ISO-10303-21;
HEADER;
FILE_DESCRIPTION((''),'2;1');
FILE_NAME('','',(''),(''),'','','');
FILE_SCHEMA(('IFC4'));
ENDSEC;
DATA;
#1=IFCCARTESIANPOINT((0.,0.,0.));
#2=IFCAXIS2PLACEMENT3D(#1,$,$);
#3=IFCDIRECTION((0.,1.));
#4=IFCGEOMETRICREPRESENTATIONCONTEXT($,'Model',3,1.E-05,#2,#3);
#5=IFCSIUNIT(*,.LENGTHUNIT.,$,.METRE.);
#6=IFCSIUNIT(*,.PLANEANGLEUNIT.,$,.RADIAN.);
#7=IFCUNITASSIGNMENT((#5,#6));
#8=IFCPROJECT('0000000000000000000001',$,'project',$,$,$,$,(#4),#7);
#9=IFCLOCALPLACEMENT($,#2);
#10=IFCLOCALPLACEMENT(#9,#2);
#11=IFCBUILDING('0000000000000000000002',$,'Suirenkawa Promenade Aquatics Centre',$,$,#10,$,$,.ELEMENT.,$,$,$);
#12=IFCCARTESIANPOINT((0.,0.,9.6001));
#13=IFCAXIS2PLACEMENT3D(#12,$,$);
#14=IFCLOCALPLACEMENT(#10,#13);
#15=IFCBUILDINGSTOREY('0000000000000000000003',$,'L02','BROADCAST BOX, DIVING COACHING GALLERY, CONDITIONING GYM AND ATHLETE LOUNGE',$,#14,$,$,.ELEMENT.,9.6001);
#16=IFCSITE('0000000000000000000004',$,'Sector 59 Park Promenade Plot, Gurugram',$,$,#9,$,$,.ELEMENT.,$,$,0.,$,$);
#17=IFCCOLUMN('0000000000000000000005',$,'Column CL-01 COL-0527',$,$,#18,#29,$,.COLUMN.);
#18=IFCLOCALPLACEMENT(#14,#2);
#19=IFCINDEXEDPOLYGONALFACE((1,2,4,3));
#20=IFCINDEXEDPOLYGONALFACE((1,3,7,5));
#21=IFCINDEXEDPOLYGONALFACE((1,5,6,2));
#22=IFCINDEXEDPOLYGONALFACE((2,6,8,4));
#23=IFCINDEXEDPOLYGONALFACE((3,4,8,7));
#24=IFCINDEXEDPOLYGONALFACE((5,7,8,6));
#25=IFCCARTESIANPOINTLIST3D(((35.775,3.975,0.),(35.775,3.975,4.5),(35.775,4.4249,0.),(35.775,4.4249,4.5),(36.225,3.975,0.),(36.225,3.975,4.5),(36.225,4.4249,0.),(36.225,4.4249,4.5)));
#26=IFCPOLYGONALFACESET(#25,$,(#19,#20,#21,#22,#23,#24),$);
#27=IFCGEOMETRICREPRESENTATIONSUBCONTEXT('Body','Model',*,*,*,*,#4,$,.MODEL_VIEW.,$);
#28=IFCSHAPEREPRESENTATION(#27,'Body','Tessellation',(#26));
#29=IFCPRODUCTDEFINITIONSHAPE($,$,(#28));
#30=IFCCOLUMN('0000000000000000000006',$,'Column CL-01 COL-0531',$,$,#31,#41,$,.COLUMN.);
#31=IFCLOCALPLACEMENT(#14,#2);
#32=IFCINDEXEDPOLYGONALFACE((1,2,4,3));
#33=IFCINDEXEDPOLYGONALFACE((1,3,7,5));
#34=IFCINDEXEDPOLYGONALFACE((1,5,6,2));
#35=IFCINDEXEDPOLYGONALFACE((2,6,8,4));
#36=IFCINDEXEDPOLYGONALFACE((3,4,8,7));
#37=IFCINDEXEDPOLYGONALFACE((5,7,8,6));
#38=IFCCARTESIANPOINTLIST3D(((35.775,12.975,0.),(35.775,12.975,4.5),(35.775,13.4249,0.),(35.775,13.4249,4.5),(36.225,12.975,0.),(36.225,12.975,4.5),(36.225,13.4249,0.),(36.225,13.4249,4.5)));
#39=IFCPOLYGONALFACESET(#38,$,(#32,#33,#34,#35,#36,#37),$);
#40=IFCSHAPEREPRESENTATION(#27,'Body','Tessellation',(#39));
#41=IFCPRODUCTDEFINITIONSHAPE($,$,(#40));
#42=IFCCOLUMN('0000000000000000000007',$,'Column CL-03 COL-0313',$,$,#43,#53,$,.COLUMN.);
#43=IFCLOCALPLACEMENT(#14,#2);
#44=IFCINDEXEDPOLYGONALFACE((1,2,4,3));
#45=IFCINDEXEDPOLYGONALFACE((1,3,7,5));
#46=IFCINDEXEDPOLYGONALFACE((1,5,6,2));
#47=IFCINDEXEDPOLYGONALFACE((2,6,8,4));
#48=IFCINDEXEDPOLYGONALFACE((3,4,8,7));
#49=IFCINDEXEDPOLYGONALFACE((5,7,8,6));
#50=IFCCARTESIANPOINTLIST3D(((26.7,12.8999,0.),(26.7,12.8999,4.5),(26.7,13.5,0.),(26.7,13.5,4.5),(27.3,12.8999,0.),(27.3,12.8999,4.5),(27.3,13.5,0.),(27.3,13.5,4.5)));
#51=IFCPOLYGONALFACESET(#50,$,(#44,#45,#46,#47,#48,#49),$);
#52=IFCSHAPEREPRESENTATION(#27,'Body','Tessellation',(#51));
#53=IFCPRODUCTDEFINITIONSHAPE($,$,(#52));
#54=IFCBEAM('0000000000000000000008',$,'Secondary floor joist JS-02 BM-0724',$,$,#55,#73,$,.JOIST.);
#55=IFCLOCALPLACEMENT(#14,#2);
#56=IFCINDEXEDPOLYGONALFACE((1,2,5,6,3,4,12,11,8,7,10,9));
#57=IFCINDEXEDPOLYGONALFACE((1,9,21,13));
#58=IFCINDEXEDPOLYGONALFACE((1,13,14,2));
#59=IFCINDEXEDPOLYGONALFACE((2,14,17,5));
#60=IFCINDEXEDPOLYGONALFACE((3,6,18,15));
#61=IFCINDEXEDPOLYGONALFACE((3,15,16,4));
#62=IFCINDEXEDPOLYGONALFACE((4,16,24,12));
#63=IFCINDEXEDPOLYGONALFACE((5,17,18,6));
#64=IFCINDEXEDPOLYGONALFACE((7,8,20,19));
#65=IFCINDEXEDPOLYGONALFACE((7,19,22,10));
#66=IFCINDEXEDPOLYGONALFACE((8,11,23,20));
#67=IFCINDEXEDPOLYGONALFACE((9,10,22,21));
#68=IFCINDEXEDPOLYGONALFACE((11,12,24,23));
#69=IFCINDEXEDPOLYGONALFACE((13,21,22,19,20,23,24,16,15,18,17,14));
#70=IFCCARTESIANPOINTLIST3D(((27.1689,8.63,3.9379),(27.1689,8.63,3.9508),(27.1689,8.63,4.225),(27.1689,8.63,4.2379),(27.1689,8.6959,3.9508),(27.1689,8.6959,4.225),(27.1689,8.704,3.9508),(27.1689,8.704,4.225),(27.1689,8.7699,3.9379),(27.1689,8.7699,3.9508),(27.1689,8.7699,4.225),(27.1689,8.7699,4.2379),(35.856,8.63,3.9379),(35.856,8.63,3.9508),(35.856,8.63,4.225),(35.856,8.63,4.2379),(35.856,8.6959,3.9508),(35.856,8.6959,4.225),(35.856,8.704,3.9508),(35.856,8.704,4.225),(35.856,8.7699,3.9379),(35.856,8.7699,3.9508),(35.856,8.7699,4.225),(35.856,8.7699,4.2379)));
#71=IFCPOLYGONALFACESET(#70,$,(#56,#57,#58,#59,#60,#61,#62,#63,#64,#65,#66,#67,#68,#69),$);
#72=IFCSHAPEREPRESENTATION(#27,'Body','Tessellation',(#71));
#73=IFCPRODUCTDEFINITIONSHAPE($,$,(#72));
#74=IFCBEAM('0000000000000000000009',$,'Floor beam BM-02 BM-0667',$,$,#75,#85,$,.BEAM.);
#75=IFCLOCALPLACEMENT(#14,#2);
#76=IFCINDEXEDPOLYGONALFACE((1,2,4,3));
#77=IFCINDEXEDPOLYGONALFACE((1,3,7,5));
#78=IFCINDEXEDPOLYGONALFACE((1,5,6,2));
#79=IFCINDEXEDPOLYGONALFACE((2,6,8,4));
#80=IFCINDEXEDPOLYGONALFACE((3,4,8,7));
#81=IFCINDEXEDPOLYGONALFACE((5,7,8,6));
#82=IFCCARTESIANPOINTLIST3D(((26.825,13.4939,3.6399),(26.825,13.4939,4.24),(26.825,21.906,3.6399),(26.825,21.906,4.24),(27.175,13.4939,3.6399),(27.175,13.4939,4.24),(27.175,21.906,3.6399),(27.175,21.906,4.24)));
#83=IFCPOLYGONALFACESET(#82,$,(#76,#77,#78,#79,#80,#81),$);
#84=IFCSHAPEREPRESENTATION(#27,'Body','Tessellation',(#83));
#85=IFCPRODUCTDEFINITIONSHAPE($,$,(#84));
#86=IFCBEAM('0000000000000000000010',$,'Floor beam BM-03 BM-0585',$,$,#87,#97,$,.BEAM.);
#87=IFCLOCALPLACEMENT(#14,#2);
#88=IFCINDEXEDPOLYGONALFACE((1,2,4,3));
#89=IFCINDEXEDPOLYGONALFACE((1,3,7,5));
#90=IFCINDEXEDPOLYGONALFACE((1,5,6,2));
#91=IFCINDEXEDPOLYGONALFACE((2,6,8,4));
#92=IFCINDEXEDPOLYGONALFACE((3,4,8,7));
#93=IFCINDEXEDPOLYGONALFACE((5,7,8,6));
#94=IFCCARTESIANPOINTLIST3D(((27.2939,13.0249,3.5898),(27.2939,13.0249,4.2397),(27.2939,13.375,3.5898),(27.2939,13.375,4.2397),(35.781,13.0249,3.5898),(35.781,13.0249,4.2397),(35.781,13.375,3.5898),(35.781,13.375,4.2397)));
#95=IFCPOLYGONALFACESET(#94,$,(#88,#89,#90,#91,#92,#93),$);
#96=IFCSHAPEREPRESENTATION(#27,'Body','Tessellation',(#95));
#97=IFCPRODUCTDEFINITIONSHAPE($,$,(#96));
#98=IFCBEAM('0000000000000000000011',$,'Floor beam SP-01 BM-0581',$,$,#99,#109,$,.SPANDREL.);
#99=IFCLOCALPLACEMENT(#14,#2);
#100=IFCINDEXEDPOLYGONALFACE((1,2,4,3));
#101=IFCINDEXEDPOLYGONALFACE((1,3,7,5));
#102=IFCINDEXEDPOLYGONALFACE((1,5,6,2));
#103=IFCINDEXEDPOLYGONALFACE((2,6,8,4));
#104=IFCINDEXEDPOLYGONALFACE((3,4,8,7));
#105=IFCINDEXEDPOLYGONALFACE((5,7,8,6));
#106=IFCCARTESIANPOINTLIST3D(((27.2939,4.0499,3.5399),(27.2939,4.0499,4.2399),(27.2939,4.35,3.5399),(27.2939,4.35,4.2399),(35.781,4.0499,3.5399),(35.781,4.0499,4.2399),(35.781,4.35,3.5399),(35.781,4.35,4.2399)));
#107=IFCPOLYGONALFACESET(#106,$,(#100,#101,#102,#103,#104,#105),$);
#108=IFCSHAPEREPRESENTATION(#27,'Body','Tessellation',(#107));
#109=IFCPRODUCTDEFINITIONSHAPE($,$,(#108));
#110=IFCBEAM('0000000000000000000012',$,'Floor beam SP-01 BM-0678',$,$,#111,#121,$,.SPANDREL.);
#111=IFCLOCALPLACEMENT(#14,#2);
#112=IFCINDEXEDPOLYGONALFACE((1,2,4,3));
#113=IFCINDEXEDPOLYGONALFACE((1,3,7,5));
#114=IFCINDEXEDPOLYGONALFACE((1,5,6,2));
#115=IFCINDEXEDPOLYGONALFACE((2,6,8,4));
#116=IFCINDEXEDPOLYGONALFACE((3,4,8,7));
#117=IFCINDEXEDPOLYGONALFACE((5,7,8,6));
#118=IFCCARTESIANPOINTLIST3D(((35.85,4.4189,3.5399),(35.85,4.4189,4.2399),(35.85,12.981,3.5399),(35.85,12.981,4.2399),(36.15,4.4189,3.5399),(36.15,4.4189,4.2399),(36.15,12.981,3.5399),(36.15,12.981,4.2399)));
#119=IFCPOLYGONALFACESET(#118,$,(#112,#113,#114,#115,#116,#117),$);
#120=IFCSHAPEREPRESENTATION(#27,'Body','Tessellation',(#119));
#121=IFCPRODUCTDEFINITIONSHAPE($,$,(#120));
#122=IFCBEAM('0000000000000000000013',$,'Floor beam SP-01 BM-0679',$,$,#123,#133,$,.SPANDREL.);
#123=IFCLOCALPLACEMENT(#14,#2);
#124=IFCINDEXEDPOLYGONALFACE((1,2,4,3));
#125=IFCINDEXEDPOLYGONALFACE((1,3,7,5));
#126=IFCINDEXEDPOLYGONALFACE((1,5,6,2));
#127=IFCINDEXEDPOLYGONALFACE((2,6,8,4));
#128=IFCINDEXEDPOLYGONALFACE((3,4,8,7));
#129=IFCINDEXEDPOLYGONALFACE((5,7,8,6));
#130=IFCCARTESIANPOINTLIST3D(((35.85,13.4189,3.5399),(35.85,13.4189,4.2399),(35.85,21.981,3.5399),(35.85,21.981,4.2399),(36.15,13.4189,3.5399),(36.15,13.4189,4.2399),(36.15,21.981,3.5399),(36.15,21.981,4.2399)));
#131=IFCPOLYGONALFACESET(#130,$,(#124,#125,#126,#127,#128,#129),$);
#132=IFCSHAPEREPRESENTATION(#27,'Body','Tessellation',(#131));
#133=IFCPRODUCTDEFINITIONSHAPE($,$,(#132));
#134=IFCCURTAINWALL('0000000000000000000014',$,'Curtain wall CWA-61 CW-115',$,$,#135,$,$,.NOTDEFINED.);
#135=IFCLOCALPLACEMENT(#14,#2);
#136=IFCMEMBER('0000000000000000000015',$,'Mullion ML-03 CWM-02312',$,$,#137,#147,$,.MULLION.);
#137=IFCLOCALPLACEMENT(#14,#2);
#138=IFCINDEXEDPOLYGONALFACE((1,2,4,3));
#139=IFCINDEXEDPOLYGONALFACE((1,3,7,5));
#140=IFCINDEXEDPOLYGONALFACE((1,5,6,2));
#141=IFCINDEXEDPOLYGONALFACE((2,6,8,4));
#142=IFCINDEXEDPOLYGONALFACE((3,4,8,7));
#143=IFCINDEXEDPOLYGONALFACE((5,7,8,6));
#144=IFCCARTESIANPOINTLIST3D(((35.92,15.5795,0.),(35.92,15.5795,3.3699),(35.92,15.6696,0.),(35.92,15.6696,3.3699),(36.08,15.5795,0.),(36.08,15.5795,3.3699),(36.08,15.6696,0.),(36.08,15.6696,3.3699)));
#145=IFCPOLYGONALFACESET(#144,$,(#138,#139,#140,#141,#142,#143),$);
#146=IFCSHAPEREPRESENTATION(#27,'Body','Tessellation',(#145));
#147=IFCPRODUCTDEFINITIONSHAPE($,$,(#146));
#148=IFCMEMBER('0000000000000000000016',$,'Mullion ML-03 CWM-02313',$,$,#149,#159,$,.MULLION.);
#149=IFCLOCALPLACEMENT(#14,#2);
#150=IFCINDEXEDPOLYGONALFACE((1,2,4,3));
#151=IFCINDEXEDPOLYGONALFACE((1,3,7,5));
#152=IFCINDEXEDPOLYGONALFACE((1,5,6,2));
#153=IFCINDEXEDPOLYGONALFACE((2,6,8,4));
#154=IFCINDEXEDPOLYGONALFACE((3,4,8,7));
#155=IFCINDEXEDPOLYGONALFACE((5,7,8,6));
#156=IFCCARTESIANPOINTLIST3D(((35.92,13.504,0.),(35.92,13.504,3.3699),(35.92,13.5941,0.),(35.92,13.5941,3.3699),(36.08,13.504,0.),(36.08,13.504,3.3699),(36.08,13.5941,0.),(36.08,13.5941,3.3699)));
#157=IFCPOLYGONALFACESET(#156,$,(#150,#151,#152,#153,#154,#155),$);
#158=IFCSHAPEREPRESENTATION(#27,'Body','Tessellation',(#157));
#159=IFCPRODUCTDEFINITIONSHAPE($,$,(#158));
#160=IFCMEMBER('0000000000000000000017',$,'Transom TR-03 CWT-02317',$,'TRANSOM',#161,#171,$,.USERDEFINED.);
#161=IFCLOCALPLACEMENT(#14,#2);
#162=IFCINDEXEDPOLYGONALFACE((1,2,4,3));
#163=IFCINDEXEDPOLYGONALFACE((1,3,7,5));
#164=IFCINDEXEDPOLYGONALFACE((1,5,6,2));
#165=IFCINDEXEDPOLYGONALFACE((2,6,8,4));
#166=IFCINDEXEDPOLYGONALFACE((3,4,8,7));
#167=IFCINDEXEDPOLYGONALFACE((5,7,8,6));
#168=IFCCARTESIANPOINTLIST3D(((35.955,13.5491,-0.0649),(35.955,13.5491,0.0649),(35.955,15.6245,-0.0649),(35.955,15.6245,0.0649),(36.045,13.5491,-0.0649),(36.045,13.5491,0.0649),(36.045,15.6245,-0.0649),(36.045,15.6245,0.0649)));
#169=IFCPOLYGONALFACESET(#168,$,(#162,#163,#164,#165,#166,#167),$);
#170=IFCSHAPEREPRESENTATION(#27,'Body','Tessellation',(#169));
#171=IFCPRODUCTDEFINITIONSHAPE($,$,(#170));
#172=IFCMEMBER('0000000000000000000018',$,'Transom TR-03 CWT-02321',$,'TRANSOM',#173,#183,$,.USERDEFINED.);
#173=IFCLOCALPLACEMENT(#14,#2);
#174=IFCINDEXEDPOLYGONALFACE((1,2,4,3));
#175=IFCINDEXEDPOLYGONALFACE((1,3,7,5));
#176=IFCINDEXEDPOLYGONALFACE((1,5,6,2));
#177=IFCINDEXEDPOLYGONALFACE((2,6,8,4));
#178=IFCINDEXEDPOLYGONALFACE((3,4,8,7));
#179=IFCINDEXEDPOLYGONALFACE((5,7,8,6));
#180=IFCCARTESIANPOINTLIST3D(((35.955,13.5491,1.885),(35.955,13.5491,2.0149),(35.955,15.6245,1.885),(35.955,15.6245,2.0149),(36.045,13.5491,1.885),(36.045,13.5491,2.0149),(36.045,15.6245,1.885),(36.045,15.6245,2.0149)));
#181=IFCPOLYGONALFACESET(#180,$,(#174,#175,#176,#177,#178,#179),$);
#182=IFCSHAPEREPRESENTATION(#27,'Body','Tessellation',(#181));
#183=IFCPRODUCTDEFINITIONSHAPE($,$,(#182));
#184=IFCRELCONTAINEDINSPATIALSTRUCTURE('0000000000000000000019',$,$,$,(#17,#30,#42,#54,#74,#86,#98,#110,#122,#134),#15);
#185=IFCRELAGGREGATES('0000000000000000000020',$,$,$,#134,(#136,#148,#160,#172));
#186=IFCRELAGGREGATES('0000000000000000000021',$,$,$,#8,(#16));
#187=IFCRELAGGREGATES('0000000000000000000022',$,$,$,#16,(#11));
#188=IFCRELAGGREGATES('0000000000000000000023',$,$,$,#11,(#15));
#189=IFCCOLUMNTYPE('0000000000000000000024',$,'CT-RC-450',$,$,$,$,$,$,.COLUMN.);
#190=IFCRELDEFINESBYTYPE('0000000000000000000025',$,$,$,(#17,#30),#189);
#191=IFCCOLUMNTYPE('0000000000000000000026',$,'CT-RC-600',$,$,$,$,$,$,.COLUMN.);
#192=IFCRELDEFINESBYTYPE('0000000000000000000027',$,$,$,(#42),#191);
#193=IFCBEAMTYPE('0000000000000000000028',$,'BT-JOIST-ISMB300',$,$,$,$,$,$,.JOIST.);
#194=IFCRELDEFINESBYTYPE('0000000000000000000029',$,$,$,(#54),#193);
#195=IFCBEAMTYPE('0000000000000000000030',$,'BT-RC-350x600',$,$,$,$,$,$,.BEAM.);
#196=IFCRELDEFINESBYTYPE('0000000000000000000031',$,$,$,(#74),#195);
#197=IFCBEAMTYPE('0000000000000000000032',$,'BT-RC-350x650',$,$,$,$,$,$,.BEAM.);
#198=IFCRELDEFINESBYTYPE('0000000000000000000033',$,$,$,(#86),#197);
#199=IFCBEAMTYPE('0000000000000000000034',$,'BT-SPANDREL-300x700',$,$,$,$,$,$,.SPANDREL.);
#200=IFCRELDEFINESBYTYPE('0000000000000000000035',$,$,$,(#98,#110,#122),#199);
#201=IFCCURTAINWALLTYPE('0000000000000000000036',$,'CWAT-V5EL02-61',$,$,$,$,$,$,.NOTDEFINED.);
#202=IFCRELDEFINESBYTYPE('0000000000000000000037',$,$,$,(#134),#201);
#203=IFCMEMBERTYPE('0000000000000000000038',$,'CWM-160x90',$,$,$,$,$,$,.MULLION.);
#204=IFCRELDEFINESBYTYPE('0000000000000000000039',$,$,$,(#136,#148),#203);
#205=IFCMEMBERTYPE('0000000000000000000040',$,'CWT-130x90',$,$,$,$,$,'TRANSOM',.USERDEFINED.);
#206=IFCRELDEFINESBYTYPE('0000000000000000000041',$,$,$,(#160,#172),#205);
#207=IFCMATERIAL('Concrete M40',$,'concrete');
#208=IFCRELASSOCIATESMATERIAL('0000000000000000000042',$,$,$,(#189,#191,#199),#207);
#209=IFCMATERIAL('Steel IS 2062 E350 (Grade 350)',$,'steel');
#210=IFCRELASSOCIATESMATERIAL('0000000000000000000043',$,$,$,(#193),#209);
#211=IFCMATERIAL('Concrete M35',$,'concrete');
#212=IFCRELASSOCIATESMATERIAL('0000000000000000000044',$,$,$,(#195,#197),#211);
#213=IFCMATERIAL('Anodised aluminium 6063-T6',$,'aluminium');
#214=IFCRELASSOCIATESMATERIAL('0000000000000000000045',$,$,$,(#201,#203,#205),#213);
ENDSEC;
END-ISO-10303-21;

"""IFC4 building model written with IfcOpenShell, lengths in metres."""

from ifc_helpers import new_model, si_unit, direction, frame, origin, origin_2d, place, context, subcontext, project, spatial, rectangle, i_section, extrude, material, material_profile, profile_set, type_object, element, aggregate, save


model = new_model("IFC4")

# Units and contexts
model_context = context("Model", 3, precision=1e-05, world=origin(), true_north=direction((0.0, 1.0)))
body_context = subcontext(model_context, "Body", "Model", "MODEL_VIEW")
ifc_project = project(units=[si_unit("LENGTHUNIT", "METRE"), si_unit("PLANEANGLEUNIT", "RADIAN")], contexts=[model_context])

# Site, building, storey
site_placement = place(None, origin())
site = spatial("IfcSite", under=ifc_project, at=site_placement, Name="Sector 59 Park Promenade Plot, Gurugram", CompositionType="ELEMENT", RefElevation=0.0)
building_placement = place(site_placement, origin())
building = spatial("IfcBuilding", under=site, at=building_placement, Name="Suirenkawa Promenade Aquatics Centre", CompositionType="ELEMENT")
storey_placement = place(building_placement, frame((0.0, 0.0, 9.6001)))
storey = spatial("IfcBuildingStorey", under=building, at=storey_placement, Name="L02", Description="BROADCAST BOX, DIVING COACHING GALLERY, CONDITIONING GYM AND ATHLETE LOUNGE", CompositionType="ELEMENT", Elevation=9.6001)

# Columns
ifc_material_1 = material(Name="Concrete M40", Category="concrete")
ifc_material_profile_1 = material_profile(ifc_material_1, rectangle(XDim=0.45, YDim=0.45, at=origin_2d()), Name="RC COL 450x450", Category="concrete")
ifc_profile_set_1 = profile_set([ifc_material_profile_1], Name="Concrete M40")
column_type_1 = type_object("IfcColumnType", Name="CT-RC-450", PredefinedType="COLUMN", material=ifc_profile_set_1)
for number, where, z_axis, x_axis, name in (
    (1, (36.0, 4.2, 0.0), (0.0, 0.0, 1.0), (1.0, 0.0, 0.0), "Column CL-01 COL-0527"),
    (2, (36.0, 13.2, 0.0), (0.0, 0.0, 1.0), (1.0, 0.0, 0.0), "Column CL-01 COL-0531"),
):
    element("IfcColumn", number, at=place(storey_placement, frame(where, z_axis=z_axis, x_axis=x_axis)), inside=storey, type_object=column_type_1, Name=name, PredefinedType="COLUMN", context=body_context, shape_type="SweptSolid", body=[
        extrude(rectangle(XDim=0.45, YDim=0.45, at=origin_2d()), origin(), (0.0, 0.0, 1.0), 4.5),
    ])
ifc_material_profile_2 = material_profile(ifc_material_1, rectangle(XDim=0.6001, YDim=0.6001, at=origin_2d()), Name="RC COL 600x600", Category="concrete")
ifc_profile_set_2 = profile_set([ifc_material_profile_2], Name="Concrete M40")
column_type_2 = type_object("IfcColumnType", Name="CT-RC-600", PredefinedType="COLUMN", material=ifc_profile_set_2)
column_placement = place(storey_placement, frame((27.0, 13.2, 0.0), z_axis=(0.0, 0.0, 1.0), x_axis=(1.0, 0.0, 0.0)))
element("IfcColumn", 3, at=column_placement, inside=storey, type_object=column_type_2, Name="Column CL-03 COL-0313", PredefinedType="COLUMN", context=body_context, shape_type="SweptSolid", body=[
    extrude(rectangle(XDim=0.6001, YDim=0.6001, at=origin_2d()), origin(), (0.0, 0.0, 1.0), 4.5),
])

# Beams
ifc_material_2 = material(Name="Steel IS 2062 E350 (Grade 350)", Category="steel")
ifc_material_profile_3 = material_profile(ifc_material_2, i_section(OverallWidth=0.1399, OverallDepth=0.3, WebThickness=0.0081, FlangeThickness=0.0129, at=origin_2d()), Name="ISMB 300", Category="steel")
ifc_profile_set_3 = profile_set([ifc_material_profile_3], Name="Steel IS 2062 E350 (Grade 350)")
beam_type_1 = type_object("IfcBeamType", Name="BT-JOIST-ISMB300", PredefinedType="JOIST", material=ifc_profile_set_3)
beam_1_placement = place(storey_placement, frame((27.1689, 8.7, 4.0879), z_axis=(1.0, 0.0, 0.0), x_axis=(0.0, 1.0, 0.0)))
element("IfcBeam", 4, at=beam_1_placement, inside=storey, type_object=beam_type_1, Name="Secondary floor joist JS-02 BM-0724", PredefinedType="JOIST", context=body_context, shape_type="SweptSolid", body=[
    extrude(i_section(OverallWidth=0.1399, OverallDepth=0.3, WebThickness=0.0081, FlangeThickness=0.0129, at=origin_2d()), origin(), (0.0, 0.0, 1.0), 8.687),
])
ifc_material_3 = material(Name="Concrete M35", Category="concrete")
ifc_material_profile_4 = material_profile(ifc_material_3, rectangle(XDim=0.3501, YDim=0.6001, at=origin_2d()), Name="RC BM 350x600", Category="concrete")
ifc_profile_set_4 = profile_set([ifc_material_profile_4], Name="Concrete M35")
beam_type_2 = type_object("IfcBeamType", Name="BT-RC-350x600", PredefinedType="BEAM", material=ifc_profile_set_4)
beam_2_placement = place(storey_placement, frame((27.0, 13.4939, 3.9399), z_axis=(0.0, 1.0, 0.0), x_axis=(-1.0, 0.0, 0.0)))
element("IfcBeam", 5, at=beam_2_placement, inside=storey, type_object=beam_type_2, Name="Floor beam BM-02 BM-0667", PredefinedType="BEAM", context=body_context, shape_type="SweptSolid", body=[
    extrude(rectangle(XDim=0.3501, YDim=0.6001, at=origin_2d()), origin(), (0.0, 0.0, 1.0), 8.4121),
])
ifc_material_profile_5 = material_profile(ifc_material_3, rectangle(XDim=0.3501, YDim=0.6499, at=origin_2d()), Name="RC BM 350x650", Category="concrete")
ifc_profile_set_5 = profile_set([ifc_material_profile_5], Name="Concrete M35")
beam_type_3 = type_object("IfcBeamType", Name="BT-RC-350x650", PredefinedType="BEAM", material=ifc_profile_set_5)
beam_3_placement = place(storey_placement, frame((27.2939, 13.2, 3.9148), z_axis=(1.0, 0.0, 0.0), x_axis=(0.0, 1.0, 0.0)))
element("IfcBeam", 6, at=beam_3_placement, inside=storey, type_object=beam_type_3, Name="Floor beam BM-03 BM-0585", PredefinedType="BEAM", context=body_context, shape_type="SweptSolid", body=[
    extrude(rectangle(XDim=0.3501, YDim=0.6499, at=origin_2d()), origin(), (0.0, 0.0, 1.0), 8.4871),
])
ifc_material_profile_6 = material_profile(ifc_material_1, rectangle(XDim=0.3, YDim=0.7, at=origin_2d()), Name="RC SPANDREL 300x700", Category="concrete")
ifc_profile_set_6 = profile_set([ifc_material_profile_6], Name="Concrete M40")
beam_type_4 = type_object("IfcBeamType", Name="BT-SPANDREL-300x700", PredefinedType="SPANDREL", material=ifc_profile_set_6)
beam_4_placement = place(storey_placement, frame((27.2939, 4.2, 3.8899), z_axis=(1.0, 0.0, 0.0), x_axis=(0.0, 1.0, 0.0)))
element("IfcBeam", 7, at=beam_4_placement, inside=storey, type_object=beam_type_4, Name="Floor beam SP-01 BM-0581", PredefinedType="SPANDREL", context=body_context, shape_type="SweptSolid", body=[
    extrude(rectangle(XDim=0.3, YDim=0.7, at=origin_2d()), origin(), (0.0, 0.0, 1.0), 8.4871),
])
for number, where, z_axis, x_axis, name in (
    (8, (36.0, 4.4189, 3.8899), (0.0, 1.0, 0.0), (-1.0, 0.0, 0.0), "Floor beam SP-01 BM-0678"),
    (9, (36.0, 13.4189, 3.8899), (0.0, 1.0, 0.0), (-1.0, 0.0, 0.0), "Floor beam SP-01 BM-0679"),
):
    element("IfcBeam", number, at=place(storey_placement, frame(where, z_axis=z_axis, x_axis=x_axis)), inside=storey, type_object=beam_type_4, Name=name, PredefinedType="SPANDREL", context=body_context, shape_type="SweptSolid", body=[
        extrude(rectangle(XDim=0.3, YDim=0.7, at=origin_2d()), origin(), (0.0, 0.0, 1.0), 8.562),
    ])

# Curtain wall, members
ifc_material_4 = material(Name="Anodised aluminium 6063-T6", Category="aluminium")
curtain_wall_type = type_object("IfcCurtainWallType", Name="CWAT-V5EL02-61", PredefinedType="NOTDEFINED", material=ifc_material_4)
curtain_wall_placement = place(storey_placement, origin())
curtain_wall = element("IfcCurtainWall", 10, at=curtain_wall_placement, inside=storey, type_object=curtain_wall_type, Name="Curtain wall CWA-61 CW-115", PredefinedType="NOTDEFINED")
ifc_material_profile_7 = material_profile(ifc_material_4, rectangle(XDim=0.0901, YDim=0.1599, at=origin_2d()), Name="ALU MULL 90x160", Category="aluminium")
ifc_profile_set_7 = profile_set([ifc_material_profile_7], Name="Anodised aluminium 6063-T6")
member_type_1 = type_object("IfcMemberType", Name="CWM-160x90", PredefinedType="MULLION", material=ifc_profile_set_7)
member_1_placement = place(storey_placement, frame((36.0, 15.6245, 0.0), z_axis=(0.0, 0.0, 1.0), x_axis=(0.0, -1.0, 0.0)))
member_1 = element("IfcMember", 11, at=member_1_placement, type_object=member_type_1, Name="Mullion ML-03 CWM-02312", PredefinedType="MULLION", context=body_context, shape_type="SweptSolid", body=[
    extrude(rectangle(XDim=0.0901, YDim=0.1599, at=origin_2d()), origin(), (0.0, 0.0, 1.0), 3.3699),
])
member_2_placement = place(storey_placement, frame((36.0, 13.5491, 0.0), z_axis=(0.0, 0.0, 1.0), x_axis=(0.0, -1.0, 0.0)))
member_2 = element("IfcMember", 12, at=member_2_placement, type_object=member_type_1, Name="Mullion ML-03 CWM-02313", PredefinedType="MULLION", context=body_context, shape_type="SweptSolid", body=[
    extrude(rectangle(XDim=0.0901, YDim=0.1599, at=origin_2d()), origin(), (0.0, 0.0, 1.0), 3.3699),
])
ifc_material_profile_8 = material_profile(ifc_material_4, rectangle(XDim=0.0901, YDim=0.1299, at=origin_2d()), Name="ALU TRAN 90x130", Category="aluminium")
ifc_profile_set_8 = profile_set([ifc_material_profile_8], Name="Anodised aluminium 6063-T6")
member_type_2 = type_object("IfcMemberType", Name="CWT-130x90", ElementType="TRANSOM", PredefinedType="USERDEFINED", material=ifc_profile_set_8)
member_3_placement = place(storey_placement, frame((36.0, 15.6245, 0.0), z_axis=(0.0, -1.0, 0.0), x_axis=(1.0, 0.0, 0.0)))
member_3 = element("IfcMember", 13, at=member_3_placement, type_object=member_type_2, Name="Transom TR-03 CWT-02317", ObjectType="TRANSOM", PredefinedType="USERDEFINED", context=body_context, shape_type="SweptSolid", body=[
    extrude(rectangle(XDim=0.0901, YDim=0.1299, at=origin_2d()), origin(), (0.0, 0.0, 1.0), 2.0754),
])
member_4_placement = place(storey_placement, frame((36.0, 15.6245, 1.95), z_axis=(0.0, -1.0, 0.0), x_axis=(1.0, 0.0, 0.0)))
member_4 = element("IfcMember", 14, at=member_4_placement, type_object=member_type_2, Name="Transom TR-03 CWT-02321", ObjectType="TRANSOM", PredefinedType="USERDEFINED", context=body_context, shape_type="SweptSolid", body=[
    extrude(rectangle(XDim=0.0901, YDim=0.1299, at=origin_2d()), origin(), (0.0, 0.0, 1.0), 2.0754),
])
aggregate(curtain_wall, [member_1, member_2, member_3, member_4])

save(model, "model.ifc")
